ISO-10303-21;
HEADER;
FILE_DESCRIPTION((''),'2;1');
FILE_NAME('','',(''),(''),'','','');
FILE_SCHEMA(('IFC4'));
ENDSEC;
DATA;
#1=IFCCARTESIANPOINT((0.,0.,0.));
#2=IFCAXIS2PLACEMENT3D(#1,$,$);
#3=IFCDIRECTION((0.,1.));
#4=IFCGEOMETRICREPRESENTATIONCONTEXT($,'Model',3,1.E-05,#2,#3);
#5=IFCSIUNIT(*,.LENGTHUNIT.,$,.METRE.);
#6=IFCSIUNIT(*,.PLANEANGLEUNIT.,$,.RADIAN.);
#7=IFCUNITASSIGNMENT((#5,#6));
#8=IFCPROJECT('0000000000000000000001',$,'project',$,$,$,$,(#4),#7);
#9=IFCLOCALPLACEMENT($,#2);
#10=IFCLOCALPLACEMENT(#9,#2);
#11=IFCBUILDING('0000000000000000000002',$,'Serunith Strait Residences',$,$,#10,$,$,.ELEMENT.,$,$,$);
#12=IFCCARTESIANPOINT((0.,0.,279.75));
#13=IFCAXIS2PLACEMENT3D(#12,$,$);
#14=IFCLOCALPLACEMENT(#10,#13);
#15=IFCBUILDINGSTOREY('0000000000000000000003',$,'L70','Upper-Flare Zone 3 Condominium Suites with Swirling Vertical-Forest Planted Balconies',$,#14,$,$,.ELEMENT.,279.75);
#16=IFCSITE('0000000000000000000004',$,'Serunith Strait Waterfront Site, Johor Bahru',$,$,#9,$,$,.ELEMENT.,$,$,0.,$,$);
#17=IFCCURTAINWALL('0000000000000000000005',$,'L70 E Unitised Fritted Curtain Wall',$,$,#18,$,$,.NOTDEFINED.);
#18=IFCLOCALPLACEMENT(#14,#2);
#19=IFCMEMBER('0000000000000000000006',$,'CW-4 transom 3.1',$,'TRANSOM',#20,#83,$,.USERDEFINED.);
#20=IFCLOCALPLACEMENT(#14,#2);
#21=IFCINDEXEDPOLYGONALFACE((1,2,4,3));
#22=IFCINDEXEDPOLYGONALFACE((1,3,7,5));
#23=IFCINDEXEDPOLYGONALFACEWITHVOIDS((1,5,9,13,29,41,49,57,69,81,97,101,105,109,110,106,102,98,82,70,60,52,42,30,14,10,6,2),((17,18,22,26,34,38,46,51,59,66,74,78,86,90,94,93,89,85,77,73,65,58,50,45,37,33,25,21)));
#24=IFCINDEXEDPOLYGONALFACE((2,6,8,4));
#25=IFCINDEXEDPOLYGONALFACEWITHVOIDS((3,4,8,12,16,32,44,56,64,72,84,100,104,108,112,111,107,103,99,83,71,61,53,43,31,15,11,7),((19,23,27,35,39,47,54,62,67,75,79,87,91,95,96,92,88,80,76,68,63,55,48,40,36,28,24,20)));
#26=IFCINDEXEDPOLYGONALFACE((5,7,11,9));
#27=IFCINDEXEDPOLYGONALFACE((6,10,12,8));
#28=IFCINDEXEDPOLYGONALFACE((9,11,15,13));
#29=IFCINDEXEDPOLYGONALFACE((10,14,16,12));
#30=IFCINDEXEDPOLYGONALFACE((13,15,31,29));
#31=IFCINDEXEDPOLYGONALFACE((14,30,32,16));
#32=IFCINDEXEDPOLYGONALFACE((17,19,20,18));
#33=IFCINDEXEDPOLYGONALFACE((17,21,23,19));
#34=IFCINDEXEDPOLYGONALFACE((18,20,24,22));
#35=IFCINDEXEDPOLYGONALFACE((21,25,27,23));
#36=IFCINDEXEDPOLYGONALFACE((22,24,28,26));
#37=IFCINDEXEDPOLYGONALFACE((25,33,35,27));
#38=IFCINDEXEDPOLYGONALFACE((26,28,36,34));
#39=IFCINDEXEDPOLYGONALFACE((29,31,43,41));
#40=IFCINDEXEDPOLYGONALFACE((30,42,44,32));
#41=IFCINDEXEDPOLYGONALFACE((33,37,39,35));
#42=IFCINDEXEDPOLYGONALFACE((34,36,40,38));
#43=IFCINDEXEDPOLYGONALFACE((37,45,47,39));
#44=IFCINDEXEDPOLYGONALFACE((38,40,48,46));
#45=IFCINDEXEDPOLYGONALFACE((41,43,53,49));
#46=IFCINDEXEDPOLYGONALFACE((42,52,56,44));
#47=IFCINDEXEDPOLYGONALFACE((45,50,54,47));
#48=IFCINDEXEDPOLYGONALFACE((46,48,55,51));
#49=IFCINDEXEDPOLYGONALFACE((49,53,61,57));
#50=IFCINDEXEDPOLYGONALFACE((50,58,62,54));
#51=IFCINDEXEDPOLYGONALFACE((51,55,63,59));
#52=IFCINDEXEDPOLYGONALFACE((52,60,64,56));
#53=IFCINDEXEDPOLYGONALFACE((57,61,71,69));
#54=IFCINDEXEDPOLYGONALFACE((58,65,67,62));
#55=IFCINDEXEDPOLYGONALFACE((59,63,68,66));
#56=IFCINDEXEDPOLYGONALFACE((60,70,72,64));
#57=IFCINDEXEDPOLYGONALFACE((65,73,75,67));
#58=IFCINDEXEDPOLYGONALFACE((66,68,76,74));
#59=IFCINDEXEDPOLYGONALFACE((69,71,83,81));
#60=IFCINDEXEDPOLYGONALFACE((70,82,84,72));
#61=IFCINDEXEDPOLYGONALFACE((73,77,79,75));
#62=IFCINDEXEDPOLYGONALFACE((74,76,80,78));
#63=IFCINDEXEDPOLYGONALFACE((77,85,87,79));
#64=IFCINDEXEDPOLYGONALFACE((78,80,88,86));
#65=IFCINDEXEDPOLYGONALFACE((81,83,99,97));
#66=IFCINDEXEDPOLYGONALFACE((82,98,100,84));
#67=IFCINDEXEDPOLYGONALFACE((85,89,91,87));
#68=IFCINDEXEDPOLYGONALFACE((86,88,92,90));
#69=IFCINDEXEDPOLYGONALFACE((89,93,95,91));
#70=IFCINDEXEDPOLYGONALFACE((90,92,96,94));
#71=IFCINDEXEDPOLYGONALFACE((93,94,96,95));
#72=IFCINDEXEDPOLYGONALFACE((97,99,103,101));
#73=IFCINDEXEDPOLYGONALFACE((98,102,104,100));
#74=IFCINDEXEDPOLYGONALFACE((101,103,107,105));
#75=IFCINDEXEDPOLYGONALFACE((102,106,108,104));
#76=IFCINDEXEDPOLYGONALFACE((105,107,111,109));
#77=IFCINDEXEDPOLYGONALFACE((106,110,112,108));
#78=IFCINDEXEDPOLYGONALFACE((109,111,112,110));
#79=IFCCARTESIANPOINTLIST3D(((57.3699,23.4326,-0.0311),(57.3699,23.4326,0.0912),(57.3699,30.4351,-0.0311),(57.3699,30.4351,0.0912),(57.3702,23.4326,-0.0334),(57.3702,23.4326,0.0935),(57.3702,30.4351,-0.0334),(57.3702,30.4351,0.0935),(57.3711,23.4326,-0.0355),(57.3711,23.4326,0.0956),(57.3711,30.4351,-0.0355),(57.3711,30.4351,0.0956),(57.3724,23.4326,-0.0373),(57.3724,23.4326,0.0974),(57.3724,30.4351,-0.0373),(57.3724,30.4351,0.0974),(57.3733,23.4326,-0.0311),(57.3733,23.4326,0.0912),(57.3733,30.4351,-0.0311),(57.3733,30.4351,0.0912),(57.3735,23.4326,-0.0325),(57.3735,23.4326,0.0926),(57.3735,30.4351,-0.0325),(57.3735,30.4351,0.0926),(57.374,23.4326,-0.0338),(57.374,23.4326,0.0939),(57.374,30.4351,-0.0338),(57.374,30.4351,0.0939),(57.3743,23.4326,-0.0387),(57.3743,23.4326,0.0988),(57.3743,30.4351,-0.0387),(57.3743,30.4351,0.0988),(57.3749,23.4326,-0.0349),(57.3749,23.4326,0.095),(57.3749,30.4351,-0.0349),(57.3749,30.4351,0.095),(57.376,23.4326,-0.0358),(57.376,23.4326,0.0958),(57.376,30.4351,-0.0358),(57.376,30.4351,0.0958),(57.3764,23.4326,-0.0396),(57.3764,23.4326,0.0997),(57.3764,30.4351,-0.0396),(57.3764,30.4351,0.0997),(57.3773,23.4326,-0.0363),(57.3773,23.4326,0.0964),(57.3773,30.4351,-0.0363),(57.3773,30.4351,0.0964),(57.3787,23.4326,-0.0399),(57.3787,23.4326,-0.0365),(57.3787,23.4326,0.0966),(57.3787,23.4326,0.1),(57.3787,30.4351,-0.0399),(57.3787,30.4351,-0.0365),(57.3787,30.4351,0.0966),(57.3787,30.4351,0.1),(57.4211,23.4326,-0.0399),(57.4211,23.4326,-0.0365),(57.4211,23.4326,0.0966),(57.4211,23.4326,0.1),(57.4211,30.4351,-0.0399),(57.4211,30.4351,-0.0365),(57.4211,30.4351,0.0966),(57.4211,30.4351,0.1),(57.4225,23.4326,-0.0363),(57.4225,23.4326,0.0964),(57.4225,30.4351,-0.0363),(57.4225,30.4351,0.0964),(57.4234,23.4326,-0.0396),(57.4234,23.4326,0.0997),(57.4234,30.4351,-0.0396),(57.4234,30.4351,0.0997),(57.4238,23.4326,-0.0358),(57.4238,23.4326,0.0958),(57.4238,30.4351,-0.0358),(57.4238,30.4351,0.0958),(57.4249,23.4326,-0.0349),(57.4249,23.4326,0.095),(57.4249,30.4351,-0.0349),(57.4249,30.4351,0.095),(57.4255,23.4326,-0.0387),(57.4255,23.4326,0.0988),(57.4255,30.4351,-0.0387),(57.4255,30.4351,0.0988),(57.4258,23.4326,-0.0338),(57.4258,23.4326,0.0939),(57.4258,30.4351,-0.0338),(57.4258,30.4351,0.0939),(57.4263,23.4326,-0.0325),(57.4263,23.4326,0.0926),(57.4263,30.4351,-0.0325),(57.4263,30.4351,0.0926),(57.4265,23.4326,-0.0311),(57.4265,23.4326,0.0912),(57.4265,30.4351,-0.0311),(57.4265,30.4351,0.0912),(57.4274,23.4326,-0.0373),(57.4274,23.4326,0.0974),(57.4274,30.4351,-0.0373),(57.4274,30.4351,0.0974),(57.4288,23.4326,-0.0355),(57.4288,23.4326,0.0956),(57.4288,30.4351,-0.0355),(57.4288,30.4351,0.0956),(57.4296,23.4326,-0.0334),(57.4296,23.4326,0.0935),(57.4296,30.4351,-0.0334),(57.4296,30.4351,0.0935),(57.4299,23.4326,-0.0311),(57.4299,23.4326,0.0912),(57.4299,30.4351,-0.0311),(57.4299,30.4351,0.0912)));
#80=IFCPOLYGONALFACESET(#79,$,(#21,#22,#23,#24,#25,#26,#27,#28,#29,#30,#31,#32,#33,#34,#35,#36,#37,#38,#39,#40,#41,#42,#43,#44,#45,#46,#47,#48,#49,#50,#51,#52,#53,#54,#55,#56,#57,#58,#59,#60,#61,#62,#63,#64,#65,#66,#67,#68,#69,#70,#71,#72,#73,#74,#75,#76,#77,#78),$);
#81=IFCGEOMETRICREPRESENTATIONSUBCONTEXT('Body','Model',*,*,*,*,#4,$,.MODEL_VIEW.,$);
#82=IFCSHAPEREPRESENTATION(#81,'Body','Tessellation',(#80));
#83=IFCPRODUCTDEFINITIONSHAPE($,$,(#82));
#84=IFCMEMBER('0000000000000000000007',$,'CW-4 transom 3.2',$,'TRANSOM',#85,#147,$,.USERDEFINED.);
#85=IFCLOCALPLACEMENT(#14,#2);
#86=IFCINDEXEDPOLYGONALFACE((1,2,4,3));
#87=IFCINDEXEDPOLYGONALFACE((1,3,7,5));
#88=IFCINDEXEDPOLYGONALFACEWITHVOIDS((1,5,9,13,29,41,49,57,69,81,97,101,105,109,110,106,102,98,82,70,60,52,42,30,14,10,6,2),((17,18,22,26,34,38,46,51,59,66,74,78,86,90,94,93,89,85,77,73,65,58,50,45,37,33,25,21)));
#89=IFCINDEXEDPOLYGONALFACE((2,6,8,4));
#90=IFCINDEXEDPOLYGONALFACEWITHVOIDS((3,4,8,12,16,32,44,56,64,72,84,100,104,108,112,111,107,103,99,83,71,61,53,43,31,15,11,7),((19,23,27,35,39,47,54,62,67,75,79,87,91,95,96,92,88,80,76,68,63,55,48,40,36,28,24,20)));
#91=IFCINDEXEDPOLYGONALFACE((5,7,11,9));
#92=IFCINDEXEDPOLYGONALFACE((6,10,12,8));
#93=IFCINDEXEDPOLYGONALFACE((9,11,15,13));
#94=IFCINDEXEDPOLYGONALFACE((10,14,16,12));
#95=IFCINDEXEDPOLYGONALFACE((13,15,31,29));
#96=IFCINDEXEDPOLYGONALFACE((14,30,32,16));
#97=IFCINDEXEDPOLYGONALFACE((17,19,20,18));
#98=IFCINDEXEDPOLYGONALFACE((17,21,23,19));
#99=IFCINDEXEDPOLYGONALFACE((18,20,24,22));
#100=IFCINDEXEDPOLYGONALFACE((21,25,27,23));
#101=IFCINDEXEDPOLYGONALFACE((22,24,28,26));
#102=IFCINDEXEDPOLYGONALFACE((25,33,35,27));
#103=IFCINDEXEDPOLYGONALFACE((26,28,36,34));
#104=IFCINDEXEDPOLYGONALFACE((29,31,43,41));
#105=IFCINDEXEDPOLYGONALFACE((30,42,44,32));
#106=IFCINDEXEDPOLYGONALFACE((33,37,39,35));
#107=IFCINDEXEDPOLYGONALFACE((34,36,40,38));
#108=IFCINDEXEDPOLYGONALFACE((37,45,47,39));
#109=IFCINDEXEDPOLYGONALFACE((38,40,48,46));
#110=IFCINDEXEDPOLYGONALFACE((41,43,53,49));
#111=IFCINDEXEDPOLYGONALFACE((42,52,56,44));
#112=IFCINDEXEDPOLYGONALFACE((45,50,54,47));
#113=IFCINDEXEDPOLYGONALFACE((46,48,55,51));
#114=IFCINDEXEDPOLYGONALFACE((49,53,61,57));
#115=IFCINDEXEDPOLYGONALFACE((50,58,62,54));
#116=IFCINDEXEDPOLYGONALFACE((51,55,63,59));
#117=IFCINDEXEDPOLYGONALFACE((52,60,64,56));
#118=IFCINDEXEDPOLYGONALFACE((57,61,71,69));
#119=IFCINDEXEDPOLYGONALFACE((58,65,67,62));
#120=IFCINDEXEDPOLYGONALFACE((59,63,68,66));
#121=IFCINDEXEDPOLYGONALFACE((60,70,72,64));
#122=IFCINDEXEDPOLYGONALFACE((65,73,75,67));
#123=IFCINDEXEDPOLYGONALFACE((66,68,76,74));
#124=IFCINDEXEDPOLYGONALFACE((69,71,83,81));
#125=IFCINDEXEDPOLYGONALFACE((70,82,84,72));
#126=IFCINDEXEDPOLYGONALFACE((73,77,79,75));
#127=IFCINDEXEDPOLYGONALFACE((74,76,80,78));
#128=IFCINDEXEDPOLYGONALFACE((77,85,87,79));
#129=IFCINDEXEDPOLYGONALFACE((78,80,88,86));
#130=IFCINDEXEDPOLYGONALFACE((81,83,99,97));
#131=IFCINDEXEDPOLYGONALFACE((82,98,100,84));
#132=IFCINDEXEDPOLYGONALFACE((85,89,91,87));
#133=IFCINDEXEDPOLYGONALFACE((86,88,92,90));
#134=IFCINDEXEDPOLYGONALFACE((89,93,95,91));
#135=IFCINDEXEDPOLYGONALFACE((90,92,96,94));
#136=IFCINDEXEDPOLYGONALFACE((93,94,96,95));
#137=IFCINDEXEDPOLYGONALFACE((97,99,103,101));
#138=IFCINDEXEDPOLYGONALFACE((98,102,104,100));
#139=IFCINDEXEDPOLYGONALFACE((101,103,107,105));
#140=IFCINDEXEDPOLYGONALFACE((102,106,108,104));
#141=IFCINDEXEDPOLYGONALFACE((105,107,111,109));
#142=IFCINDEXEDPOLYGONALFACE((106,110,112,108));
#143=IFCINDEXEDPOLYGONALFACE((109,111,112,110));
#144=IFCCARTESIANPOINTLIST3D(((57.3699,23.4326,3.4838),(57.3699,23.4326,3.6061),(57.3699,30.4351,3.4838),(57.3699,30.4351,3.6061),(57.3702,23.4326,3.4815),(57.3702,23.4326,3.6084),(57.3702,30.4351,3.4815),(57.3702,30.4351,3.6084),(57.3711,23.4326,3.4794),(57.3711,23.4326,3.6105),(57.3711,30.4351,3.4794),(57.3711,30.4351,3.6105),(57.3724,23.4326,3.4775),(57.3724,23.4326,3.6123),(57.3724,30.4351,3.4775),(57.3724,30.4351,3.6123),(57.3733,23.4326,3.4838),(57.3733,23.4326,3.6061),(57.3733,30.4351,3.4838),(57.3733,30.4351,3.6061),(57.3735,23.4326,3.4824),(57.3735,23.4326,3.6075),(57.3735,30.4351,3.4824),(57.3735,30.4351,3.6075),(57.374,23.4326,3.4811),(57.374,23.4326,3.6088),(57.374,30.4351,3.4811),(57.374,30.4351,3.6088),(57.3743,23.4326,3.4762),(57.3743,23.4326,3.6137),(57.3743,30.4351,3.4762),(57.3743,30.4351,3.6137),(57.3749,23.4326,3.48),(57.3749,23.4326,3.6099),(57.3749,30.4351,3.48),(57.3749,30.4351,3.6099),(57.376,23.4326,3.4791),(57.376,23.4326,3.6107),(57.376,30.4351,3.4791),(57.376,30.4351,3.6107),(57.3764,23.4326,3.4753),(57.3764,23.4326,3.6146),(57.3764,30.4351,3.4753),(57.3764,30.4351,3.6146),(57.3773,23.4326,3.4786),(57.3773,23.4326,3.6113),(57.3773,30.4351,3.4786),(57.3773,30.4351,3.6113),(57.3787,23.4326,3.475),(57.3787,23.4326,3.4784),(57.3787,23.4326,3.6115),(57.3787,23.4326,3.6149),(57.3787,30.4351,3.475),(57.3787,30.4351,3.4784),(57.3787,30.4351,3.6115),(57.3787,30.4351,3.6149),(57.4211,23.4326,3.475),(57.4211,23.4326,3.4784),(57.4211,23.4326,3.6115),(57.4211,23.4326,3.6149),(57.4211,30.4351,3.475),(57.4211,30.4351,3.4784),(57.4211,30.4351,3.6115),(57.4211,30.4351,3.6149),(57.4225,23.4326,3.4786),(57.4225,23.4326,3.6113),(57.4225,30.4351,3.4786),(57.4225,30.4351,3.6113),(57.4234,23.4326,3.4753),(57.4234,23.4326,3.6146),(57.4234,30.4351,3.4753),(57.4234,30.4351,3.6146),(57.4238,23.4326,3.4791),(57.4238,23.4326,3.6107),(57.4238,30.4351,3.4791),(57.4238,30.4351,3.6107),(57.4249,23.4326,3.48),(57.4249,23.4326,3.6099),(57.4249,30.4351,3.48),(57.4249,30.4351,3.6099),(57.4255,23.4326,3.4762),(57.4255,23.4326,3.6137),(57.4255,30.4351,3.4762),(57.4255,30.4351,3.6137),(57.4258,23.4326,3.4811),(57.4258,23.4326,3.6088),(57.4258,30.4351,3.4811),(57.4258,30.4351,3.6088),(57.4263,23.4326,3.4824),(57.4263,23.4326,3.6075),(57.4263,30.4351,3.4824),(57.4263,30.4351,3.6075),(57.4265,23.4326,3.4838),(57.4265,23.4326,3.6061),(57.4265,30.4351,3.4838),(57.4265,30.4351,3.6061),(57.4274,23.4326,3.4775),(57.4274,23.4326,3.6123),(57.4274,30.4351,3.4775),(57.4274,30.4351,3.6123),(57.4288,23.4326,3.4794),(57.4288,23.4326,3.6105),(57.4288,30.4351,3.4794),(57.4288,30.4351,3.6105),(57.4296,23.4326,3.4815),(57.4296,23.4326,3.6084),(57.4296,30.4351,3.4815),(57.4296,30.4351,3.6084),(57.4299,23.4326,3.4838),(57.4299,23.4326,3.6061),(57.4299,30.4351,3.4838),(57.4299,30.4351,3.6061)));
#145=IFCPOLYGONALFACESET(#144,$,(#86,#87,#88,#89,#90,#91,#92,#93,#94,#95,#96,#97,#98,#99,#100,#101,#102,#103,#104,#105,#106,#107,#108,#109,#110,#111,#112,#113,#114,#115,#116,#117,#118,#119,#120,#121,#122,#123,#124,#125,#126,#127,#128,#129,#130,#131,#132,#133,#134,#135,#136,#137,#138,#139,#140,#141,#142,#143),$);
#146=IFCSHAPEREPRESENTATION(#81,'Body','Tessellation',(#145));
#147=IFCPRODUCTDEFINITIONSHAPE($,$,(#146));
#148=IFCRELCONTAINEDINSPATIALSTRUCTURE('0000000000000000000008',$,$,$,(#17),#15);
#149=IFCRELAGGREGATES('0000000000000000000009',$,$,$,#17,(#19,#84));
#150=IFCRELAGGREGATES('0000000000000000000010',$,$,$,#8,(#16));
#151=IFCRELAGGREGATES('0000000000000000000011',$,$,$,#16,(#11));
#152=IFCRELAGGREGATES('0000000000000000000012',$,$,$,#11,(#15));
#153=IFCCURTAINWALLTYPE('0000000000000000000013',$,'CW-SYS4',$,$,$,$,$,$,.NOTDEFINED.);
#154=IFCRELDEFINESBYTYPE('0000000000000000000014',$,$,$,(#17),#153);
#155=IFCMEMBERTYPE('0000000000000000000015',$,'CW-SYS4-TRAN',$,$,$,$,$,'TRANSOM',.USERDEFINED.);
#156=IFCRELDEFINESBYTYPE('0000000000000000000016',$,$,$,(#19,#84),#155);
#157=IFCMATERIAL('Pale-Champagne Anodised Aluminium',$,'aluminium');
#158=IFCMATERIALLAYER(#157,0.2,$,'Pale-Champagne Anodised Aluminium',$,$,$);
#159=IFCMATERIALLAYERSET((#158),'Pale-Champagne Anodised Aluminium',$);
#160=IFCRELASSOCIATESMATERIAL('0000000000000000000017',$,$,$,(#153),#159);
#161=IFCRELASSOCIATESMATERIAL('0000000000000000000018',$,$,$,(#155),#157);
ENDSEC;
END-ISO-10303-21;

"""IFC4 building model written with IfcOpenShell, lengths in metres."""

from ifc_helpers import new_model, si_unit, direction, frame, origin, origin_2d, place, context, subcontext, project, spatial, hollow_rectangle, extrude, source, transform, mapped, material, layer, layer_set, material_profile, profile_set, type_object, element, aggregate, save


model = new_model("IFC4")

# Units and contexts
model_context = context("Model", 3, precision=1e-05, world=origin(), true_north=direction((0.0, 1.0)))
body_context = subcontext(model_context, "Body", "Model", "MODEL_VIEW")
ifc_project = project(units=[si_unit("LENGTHUNIT", "METRE"), si_unit("PLANEANGLEUNIT", "RADIAN")], contexts=[model_context])

# Site, building, storey
site_placement = place(None, origin())
site = spatial("IfcSite", under=ifc_project, at=site_placement, Name="Serunith Strait Waterfront Site, Johor Bahru", CompositionType="ELEMENT", RefElevation=0.0)
building_placement = place(site_placement, origin())
building = spatial("IfcBuilding", under=site, at=building_placement, Name="Serunith Strait Residences", CompositionType="ELEMENT")
storey_placement = place(building_placement, frame((0.0, 0.0, 279.75)))
storey = spatial("IfcBuildingStorey", under=building, at=storey_placement, Name="L70", Description="Upper-Flare Zone 3 Condominium Suites with Swirling Vertical-Forest Planted Balconies", CompositionType="ELEMENT", Elevation=279.75)

# Curtain wall, members
ifc_material_1 = material(Name="Pale-Champagne Anodised Aluminium", Category="aluminium")
ifc_layer_1 = layer(ifc_material_1, 0.2, Name="Pale-Champagne Anodised Aluminium")
ifc_layer_set_1 = layer_set([ifc_layer_1], Name="Pale-Champagne Anodised Aluminium")
curtain_wall_type = type_object("IfcCurtainWallType", Name="CW-SYS4", PredefinedType="NOTDEFINED", material=ifc_layer_set_1)
curtain_wall_placement = place(storey_placement, origin())
curtain_wall = element("IfcCurtainWall", 1, at=curtain_wall_placement, inside=storey, type_object=curtain_wall_type, Name="L70 E Unitised Fritted Curtain Wall", PredefinedType="NOTDEFINED")
ifc_material_profile_1 = material_profile(ifc_material_1, hollow_rectangle(XDim=0.0601, YDim=0.1399, WallThickness=0.0034, InnerFilletRadius=0.0054, OuterFilletRadius=0.0088, at=origin_2d()), Name="ALU 140x60x3.5")
ifc_profile_set_1 = profile_set([ifc_material_profile_1], Name="Pale-Champagne Anodised Aluminium")
member_type_1 = type_object("IfcMemberType", Name="CW-SYS4-TRAN", ElementType="TRANSOM", PredefinedType="USERDEFINED", material=ifc_profile_set_1)
shared_shape_1 = source(origin(), body_context, "Body", "SweptSolid", [
    extrude(hollow_rectangle(XDim=0.0601, YDim=0.1399, WallThickness=0.0034, InnerFilletRadius=0.0054, OuterFilletRadius=0.0088, at=origin_2d()), origin(), (0.0, 0.0, 1.0), 7.0024),
])
member_1_placement = place(storey_placement, frame((57.3999, 23.4326, 0.03), z_axis=(0.0, 1.0, 0.0), x_axis=(-1.0, 0.0, 0.0)))
member_1 = element("IfcMember", 2, at=member_1_placement, type_object=member_type_1, Name="CW-4 transom 3.1", ObjectType="TRANSOM", PredefinedType="USERDEFINED", context=body_context, shape_type="MappedRepresentation", body=[
    mapped(shared_shape_1, transform((0.0, 0.0, 0.0), scale=1.0)),
])
member_2_placement = place(storey_placement, frame((57.3999, 23.4326, 3.5449), z_axis=(0.0, 1.0, 0.0), x_axis=(-1.0, 0.0, 0.0)))
member_2 = element("IfcMember", 3, at=member_2_placement, type_object=member_type_1, Name="CW-4 transom 3.2", ObjectType="TRANSOM", PredefinedType="USERDEFINED", context=body_context, shape_type="MappedRepresentation", body=[
    mapped(shared_shape_1, transform((0.0, 0.0, 0.0), scale=1.0)),
])
aggregate(curtain_wall, [member_1, member_2])

save(model, "model.ifc")
